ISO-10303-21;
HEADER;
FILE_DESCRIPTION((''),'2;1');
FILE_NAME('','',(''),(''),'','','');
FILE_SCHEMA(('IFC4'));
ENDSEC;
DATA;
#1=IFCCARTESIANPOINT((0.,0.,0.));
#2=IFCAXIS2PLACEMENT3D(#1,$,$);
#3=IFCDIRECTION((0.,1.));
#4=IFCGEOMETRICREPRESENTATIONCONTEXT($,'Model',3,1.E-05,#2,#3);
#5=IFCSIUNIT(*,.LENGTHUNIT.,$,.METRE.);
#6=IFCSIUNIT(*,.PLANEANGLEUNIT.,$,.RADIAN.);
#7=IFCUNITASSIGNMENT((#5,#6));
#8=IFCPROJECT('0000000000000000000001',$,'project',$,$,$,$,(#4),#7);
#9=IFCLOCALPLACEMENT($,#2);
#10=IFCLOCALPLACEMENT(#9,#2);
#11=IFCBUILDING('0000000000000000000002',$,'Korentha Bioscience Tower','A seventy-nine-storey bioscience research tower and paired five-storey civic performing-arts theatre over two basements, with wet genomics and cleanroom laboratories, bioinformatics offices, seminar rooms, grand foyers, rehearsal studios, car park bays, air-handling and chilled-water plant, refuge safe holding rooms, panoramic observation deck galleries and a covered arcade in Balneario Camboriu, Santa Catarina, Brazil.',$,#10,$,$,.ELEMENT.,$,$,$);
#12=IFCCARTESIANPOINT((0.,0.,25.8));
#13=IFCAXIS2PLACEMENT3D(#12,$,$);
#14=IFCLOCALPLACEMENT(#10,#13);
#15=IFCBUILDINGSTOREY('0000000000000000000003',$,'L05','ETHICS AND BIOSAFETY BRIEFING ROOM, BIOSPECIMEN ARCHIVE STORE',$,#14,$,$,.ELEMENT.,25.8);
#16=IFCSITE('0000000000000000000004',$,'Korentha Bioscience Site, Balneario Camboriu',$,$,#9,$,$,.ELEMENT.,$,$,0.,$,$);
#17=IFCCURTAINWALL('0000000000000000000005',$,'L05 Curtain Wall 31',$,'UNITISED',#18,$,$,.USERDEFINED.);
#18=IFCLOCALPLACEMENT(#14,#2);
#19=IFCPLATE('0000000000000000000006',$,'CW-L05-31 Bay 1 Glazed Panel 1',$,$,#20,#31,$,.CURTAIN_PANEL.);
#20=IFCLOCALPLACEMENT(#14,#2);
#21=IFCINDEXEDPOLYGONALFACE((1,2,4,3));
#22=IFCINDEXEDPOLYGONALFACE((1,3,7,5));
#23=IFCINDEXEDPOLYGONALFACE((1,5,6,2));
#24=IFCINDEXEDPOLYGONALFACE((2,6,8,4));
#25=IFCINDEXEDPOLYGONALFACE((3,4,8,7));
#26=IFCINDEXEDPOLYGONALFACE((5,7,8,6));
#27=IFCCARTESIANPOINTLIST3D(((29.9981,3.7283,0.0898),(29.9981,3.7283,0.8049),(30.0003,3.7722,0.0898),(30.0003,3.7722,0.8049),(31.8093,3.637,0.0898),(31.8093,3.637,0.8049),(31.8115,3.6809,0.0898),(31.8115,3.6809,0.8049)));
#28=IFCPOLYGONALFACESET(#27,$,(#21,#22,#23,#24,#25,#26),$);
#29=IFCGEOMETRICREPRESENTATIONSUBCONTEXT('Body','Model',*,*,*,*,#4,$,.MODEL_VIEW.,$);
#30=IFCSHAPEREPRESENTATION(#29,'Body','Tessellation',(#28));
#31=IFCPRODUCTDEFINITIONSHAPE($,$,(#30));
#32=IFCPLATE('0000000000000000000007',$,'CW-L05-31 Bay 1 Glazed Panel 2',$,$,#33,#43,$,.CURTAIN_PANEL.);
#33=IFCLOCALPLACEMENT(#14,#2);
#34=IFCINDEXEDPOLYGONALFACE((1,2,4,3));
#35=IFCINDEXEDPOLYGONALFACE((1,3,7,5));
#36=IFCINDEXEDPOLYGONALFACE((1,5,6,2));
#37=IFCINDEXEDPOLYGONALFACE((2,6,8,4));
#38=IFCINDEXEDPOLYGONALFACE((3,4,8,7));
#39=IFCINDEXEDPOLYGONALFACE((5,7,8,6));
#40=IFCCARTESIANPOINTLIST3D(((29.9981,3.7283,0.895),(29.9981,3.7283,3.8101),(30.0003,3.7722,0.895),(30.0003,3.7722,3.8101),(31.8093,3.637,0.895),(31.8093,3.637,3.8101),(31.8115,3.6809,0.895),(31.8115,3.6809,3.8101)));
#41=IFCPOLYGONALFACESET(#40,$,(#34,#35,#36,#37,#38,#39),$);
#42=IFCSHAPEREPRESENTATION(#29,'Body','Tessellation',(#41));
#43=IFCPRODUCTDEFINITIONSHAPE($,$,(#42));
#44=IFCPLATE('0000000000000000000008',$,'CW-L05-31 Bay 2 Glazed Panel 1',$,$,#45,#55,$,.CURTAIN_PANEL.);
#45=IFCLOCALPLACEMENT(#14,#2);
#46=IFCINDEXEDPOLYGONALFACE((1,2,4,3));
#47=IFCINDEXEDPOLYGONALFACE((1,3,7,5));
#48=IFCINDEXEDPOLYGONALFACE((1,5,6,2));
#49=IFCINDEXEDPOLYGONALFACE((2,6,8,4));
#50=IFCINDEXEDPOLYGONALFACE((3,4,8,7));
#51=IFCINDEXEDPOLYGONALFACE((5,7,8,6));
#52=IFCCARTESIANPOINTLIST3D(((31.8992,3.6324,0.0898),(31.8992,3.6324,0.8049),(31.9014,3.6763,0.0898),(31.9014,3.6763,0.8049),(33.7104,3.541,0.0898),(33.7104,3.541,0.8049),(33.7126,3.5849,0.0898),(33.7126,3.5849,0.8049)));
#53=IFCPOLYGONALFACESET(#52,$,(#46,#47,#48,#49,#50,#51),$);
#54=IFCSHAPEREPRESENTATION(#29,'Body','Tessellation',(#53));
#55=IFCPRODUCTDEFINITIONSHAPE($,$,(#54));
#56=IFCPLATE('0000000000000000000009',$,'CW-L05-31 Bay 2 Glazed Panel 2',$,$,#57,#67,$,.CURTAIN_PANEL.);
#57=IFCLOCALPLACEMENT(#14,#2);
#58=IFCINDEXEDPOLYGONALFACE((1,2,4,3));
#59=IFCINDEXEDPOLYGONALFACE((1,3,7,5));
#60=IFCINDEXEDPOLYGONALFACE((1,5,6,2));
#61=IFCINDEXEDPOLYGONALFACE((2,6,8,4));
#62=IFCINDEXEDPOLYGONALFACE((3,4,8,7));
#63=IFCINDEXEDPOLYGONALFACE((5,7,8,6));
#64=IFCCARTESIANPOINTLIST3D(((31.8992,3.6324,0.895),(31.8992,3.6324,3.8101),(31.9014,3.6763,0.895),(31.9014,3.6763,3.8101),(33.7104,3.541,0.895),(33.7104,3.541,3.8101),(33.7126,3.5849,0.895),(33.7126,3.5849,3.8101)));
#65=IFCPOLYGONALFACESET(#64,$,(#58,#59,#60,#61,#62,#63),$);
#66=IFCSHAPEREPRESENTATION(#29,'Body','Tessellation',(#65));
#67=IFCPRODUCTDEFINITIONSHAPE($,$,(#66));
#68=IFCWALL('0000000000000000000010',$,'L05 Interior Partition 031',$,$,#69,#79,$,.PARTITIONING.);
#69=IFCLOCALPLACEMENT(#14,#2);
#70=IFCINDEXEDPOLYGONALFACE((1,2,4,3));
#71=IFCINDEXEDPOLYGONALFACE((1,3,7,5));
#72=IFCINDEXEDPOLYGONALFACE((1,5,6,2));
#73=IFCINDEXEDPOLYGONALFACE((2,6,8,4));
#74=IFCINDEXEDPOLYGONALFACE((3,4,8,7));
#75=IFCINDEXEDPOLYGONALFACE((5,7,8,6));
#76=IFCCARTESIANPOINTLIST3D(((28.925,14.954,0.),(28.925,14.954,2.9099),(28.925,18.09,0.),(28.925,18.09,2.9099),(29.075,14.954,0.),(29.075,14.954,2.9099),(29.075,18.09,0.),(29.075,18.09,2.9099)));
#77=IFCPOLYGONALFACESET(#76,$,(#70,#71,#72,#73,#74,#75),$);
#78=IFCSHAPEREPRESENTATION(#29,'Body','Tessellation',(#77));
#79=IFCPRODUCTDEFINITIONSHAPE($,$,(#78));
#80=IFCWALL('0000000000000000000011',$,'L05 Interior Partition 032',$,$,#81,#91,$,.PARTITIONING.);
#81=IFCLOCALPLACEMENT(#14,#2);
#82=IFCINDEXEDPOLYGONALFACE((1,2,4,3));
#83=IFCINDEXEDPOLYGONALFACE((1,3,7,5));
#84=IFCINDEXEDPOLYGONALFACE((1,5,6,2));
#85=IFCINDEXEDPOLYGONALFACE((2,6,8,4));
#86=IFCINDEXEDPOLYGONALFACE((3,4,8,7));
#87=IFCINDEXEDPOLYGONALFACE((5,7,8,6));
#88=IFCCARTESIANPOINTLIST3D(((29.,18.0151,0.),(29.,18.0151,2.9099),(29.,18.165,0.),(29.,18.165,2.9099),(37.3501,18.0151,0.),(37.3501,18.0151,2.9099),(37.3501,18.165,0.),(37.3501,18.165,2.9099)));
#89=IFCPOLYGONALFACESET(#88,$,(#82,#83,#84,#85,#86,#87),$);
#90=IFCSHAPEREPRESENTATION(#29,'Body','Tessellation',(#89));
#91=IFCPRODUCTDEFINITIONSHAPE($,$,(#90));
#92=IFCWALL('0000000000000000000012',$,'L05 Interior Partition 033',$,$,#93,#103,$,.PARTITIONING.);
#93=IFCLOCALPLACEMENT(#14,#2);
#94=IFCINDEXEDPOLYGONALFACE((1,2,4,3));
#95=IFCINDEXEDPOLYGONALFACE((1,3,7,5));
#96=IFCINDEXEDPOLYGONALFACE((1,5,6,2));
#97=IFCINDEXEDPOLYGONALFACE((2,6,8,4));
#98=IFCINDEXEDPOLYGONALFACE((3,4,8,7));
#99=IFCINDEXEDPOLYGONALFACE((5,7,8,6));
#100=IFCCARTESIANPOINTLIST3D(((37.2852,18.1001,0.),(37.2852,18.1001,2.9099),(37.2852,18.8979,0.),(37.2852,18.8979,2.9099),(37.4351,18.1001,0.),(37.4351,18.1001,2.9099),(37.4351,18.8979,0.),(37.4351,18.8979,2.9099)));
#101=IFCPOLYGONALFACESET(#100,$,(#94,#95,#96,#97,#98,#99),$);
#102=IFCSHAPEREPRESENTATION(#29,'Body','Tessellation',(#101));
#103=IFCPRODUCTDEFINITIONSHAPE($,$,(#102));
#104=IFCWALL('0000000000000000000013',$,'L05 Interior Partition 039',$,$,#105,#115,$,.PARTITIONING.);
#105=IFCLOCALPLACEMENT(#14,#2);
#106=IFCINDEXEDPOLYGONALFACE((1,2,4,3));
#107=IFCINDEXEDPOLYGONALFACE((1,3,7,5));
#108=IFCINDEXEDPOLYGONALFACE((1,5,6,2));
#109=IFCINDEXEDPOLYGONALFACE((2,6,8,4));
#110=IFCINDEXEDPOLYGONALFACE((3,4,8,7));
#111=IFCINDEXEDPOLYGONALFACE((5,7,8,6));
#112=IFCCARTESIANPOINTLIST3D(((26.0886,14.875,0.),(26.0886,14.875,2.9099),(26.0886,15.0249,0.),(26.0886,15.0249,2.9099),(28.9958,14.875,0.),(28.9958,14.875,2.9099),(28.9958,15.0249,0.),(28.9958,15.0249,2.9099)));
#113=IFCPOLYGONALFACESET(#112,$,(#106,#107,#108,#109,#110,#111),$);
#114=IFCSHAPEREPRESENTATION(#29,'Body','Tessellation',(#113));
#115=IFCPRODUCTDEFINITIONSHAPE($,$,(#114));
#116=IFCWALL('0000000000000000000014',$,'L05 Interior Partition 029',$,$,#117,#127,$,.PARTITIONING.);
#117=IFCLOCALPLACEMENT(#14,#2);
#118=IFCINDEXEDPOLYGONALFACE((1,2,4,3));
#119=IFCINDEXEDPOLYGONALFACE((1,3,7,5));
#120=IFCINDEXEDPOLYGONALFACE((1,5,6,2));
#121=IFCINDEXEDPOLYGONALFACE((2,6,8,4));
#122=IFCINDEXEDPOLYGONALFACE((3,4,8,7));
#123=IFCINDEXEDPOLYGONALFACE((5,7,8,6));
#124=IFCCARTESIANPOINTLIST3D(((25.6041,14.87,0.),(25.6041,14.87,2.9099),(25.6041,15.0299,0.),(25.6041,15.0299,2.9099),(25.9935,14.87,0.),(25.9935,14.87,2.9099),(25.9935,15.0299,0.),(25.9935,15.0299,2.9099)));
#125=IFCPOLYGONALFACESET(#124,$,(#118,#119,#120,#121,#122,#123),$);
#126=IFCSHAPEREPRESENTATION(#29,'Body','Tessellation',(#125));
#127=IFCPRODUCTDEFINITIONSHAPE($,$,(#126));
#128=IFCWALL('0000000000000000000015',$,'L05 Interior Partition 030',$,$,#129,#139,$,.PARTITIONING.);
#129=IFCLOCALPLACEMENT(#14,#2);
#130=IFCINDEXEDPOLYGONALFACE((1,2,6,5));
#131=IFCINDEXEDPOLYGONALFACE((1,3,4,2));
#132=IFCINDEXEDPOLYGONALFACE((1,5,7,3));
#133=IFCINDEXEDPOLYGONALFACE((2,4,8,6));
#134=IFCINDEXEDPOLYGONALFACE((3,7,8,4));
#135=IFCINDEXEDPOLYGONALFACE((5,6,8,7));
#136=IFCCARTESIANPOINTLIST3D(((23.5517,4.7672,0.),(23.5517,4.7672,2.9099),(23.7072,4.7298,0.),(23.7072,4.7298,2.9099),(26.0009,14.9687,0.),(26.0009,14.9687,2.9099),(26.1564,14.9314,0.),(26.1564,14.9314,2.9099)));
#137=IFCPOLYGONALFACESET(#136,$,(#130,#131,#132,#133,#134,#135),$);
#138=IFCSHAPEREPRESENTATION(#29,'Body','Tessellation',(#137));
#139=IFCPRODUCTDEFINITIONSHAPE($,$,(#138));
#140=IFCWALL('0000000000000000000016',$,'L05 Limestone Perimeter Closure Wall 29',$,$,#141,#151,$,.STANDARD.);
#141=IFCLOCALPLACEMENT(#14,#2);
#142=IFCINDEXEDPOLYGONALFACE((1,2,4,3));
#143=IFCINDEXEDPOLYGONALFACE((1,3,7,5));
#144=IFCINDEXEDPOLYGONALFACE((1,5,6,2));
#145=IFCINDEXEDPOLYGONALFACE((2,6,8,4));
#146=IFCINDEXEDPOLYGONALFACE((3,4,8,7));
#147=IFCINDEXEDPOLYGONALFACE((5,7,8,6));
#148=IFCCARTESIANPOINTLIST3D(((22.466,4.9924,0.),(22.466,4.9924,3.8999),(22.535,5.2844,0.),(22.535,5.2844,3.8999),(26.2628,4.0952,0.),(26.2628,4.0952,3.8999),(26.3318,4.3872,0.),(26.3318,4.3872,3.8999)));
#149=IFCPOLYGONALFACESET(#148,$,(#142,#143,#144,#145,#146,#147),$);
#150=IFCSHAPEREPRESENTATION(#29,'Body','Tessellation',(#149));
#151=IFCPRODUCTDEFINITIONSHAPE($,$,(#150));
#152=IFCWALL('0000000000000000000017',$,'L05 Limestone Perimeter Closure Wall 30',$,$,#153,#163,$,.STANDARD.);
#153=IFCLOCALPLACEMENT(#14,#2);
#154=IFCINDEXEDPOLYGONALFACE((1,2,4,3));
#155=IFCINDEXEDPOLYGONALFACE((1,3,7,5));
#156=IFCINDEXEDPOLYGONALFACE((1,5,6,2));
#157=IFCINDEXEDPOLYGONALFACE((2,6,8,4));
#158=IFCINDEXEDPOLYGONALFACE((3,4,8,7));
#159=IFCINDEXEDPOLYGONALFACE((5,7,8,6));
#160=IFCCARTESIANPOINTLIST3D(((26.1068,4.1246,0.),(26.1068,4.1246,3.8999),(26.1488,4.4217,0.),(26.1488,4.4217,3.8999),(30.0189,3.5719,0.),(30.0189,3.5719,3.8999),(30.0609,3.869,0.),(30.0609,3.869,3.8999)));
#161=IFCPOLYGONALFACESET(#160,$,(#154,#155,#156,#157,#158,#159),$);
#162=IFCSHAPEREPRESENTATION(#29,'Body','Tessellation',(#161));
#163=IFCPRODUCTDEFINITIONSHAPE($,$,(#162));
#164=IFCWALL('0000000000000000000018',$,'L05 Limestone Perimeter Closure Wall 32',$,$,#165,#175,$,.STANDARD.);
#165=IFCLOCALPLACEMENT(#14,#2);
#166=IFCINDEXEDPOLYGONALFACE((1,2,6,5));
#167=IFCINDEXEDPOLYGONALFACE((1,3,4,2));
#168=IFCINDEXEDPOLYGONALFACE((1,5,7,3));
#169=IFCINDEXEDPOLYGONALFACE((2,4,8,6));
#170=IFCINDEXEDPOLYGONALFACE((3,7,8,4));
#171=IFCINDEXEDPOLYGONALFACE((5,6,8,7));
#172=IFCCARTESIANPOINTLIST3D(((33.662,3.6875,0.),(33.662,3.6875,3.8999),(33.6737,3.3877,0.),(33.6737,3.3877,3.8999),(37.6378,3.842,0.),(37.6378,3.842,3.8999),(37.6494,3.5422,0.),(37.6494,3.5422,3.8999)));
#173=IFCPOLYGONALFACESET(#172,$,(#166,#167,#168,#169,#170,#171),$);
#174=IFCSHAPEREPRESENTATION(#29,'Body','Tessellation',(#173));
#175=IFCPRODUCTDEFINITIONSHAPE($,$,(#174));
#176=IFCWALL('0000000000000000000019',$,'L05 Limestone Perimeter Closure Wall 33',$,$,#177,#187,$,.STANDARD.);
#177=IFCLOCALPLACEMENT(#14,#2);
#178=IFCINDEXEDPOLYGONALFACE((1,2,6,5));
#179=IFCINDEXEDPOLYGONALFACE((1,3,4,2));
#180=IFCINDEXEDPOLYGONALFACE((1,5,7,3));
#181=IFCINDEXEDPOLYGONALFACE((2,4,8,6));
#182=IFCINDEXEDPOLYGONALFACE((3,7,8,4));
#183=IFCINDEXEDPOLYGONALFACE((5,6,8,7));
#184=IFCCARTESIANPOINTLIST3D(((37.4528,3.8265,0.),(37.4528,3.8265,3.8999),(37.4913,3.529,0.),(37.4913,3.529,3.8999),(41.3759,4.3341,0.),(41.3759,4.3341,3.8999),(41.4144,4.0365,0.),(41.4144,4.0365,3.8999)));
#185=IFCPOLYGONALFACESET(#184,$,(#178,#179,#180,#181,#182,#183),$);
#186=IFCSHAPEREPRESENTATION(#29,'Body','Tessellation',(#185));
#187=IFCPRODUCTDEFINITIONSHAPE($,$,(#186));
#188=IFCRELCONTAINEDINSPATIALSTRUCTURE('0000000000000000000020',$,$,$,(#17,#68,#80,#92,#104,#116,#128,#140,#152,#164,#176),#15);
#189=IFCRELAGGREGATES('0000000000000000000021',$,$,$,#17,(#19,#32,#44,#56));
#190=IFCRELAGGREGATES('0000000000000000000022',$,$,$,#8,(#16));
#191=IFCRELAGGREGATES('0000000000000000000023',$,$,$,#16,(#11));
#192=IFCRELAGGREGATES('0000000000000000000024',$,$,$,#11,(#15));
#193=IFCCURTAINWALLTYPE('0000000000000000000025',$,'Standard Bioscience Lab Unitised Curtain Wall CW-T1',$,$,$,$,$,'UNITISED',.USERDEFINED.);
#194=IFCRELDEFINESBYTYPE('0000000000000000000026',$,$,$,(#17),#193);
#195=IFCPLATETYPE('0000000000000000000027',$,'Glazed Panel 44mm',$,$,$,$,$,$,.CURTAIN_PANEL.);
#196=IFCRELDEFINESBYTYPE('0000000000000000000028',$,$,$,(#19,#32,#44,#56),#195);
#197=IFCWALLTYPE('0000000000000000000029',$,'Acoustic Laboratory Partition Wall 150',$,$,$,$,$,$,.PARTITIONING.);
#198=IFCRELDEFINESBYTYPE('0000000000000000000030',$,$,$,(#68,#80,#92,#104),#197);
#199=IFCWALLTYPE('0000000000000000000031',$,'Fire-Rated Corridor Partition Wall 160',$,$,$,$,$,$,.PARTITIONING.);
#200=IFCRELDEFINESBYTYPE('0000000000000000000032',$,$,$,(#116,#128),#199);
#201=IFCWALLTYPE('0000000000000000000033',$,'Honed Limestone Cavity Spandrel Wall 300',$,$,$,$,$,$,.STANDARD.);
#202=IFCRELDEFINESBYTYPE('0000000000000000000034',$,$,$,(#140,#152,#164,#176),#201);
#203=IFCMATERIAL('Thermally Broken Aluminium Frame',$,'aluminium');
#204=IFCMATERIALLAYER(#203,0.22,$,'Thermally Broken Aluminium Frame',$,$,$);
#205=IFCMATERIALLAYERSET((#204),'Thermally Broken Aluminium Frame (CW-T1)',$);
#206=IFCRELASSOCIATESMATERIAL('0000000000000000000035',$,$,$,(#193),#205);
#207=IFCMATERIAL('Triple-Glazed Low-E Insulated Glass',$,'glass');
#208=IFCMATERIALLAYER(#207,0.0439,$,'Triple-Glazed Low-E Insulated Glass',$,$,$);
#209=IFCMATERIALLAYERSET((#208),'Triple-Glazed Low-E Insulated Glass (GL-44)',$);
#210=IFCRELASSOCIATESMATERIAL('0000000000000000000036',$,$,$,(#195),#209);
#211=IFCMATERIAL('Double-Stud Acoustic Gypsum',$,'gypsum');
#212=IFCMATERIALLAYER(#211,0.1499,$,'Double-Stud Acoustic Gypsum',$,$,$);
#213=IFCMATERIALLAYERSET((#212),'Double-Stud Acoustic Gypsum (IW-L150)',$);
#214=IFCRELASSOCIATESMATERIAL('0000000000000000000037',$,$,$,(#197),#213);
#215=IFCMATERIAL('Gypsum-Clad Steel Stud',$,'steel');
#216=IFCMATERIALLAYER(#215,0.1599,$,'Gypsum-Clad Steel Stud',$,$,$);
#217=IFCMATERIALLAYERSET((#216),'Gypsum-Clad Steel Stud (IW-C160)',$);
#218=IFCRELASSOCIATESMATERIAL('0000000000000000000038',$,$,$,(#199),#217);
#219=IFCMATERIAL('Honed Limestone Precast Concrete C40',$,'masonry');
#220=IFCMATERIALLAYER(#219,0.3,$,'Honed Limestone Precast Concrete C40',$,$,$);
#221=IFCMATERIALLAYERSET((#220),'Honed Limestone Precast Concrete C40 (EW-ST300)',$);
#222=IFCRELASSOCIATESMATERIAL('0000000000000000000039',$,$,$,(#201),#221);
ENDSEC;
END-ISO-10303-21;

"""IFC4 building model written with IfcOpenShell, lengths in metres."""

from ifc_helpers import new_model, si_unit, direction, frame, frame_2d, origin, origin_2d, place, context, subcontext, project, spatial, rectangle, extrude, material, layer, layer_set, type_object, element, aggregate, save


model = new_model("IFC4")

# Units and contexts
model_context = context("Model", 3, precision=1e-05, world=origin(), true_north=direction((0.0, 1.0)))
body_context = subcontext(model_context, "Body", "Model", "MODEL_VIEW")
ifc_project = project(units=[si_unit("LENGTHUNIT", "METRE"), si_unit("PLANEANGLEUNIT", "RADIAN")], contexts=[model_context])

# Site, building, storey
site_placement = place(None, origin())
site = spatial("IfcSite", under=ifc_project, at=site_placement, Name="Korentha Bioscience Site, Balneario Camboriu", CompositionType="ELEMENT", RefElevation=0.0)
building_placement = place(site_placement, origin())
building = spatial("IfcBuilding", under=site, at=building_placement, Name="Korentha Bioscience Tower", Description="A seventy-nine-storey bioscience research tower and paired five-storey civic performing-arts theatre over two basements, with wet genomics and cleanroom laboratories, bioinformatics offices, seminar rooms, grand foyers, rehearsal studios, car park bays, air-handling and chilled-water plant, refuge safe holding rooms, panoramic observation deck galleries and a covered arcade in Balneario Camboriu, Santa Catarina, Brazil.", CompositionType="ELEMENT")
storey_placement = place(building_placement, frame((0.0, 0.0, 25.8)))
storey = spatial("IfcBuildingStorey", under=building, at=storey_placement, Name="L05", Description="ETHICS AND BIOSAFETY BRIEFING ROOM, BIOSPECIMEN ARCHIVE STORE", CompositionType="ELEMENT", Elevation=25.8)

# Curtain wall
ifc_material_1 = material(Name="Thermally Broken Aluminium Frame", Category="aluminium")
ifc_layer_1 = layer(ifc_material_1, 0.22, Name="Thermally Broken Aluminium Frame")
ifc_layer_set_1 = layer_set([ifc_layer_1], Name="Thermally Broken Aluminium Frame (CW-T1)")
curtain_wall_type = type_object("IfcCurtainWallType", Name="Standard Bioscience Lab Unitised Curtain Wall CW-T1", ElementType="UNITISED", PredefinedType="USERDEFINED", material=ifc_layer_set_1)
curtain_wall_placement = place(storey_placement, origin())
curtain_wall = element("IfcCurtainWall", 1, at=curtain_wall_placement, inside=storey, type_object=curtain_wall_type, Name="L05 Curtain Wall 31", ObjectType="UNITISED", PredefinedType="USERDEFINED")

# Plates
ifc_material_2 = material(Name="Triple-Glazed Low-E Insulated Glass", Category="glass")
ifc_layer_2 = layer(ifc_material_2, 0.0439, Name="Triple-Glazed Low-E Insulated Glass")
ifc_layer_set_2 = layer_set([ifc_layer_2], Name="Triple-Glazed Low-E Insulated Glass (GL-44)")
plate_type = type_object("IfcPlateType", Name="Glazed Panel 44mm", PredefinedType="CURTAIN_PANEL", material=ifc_layer_set_2)
plate_1_placement = place(storey_placement, frame((30.9048, 3.7046, 0.0898), z_axis=(0.0, 0.0, 1.0), x_axis=(0.998731, -0.050371, 0.0)))
plate_1 = element("IfcPlate", 2, at=plate_1_placement, type_object=plate_type, Name="CW-L05-31 Bay 1 Glazed Panel 1", PredefinedType="CURTAIN_PANEL", context=body_context, shape_type="SweptSolid", body=[
    extrude(rectangle(XDim=1.8135, YDim=0.0439, at=origin_2d()), origin(), (0.0, 0.0, 1.0), 0.7151),
])
plate_2_placement = place(storey_placement, frame((30.9048, 3.7046, 0.895), z_axis=(0.0, 0.0, 1.0), x_axis=(0.998731, -0.050371, 0.0)))
plate_2 = element("IfcPlate", 3, at=plate_2_placement, type_object=plate_type, Name="CW-L05-31 Bay 1 Glazed Panel 2", PredefinedType="CURTAIN_PANEL", context=body_context, shape_type="SweptSolid", body=[
    extrude(rectangle(XDim=1.8135, YDim=0.0439, at=origin_2d()), origin(), (0.0, 0.0, 1.0), 2.915),
])
plate_3_placement = place(storey_placement, frame((32.8059, 3.6086, 0.0898), z_axis=(0.0, 0.0, 1.0), x_axis=(0.998731, -0.050371, 0.0)))
plate_3 = element("IfcPlate", 4, at=plate_3_placement, type_object=plate_type, Name="CW-L05-31 Bay 2 Glazed Panel 1", PredefinedType="CURTAIN_PANEL", context=body_context, shape_type="SweptSolid", body=[
    extrude(rectangle(XDim=1.8135, YDim=0.0439, at=origin_2d()), origin(), (0.0, 0.0, 1.0), 0.7151),
])
plate_4_placement = place(storey_placement, frame((32.8059, 3.6086, 0.895), z_axis=(0.0, 0.0, 1.0), x_axis=(0.998731, -0.050371, 0.0)))
plate_4 = element("IfcPlate", 5, at=plate_4_placement, type_object=plate_type, Name="CW-L05-31 Bay 2 Glazed Panel 2", PredefinedType="CURTAIN_PANEL", context=body_context, shape_type="SweptSolid", body=[
    extrude(rectangle(XDim=1.8135, YDim=0.0439, at=origin_2d()), origin(), (0.0, 0.0, 1.0), 2.915),
])
aggregate(curtain_wall, [plate_1, plate_2, plate_3, plate_4])

# Walls
ifc_material_3 = material(Name="Double-Stud Acoustic Gypsum", Category="gypsum")
ifc_layer_3 = layer(ifc_material_3, 0.1499, Name="Double-Stud Acoustic Gypsum")
ifc_layer_set_3 = layer_set([ifc_layer_3], Name="Double-Stud Acoustic Gypsum (IW-L150)")
wall_type_1 = type_object("IfcWallType", Name="Acoustic Laboratory Partition Wall 150", PredefinedType="PARTITIONING", material=ifc_layer_set_3)
wall_1_placement = place(storey_placement, frame((29.0, 14.9541, 0.0), z_axis=(0.0, 0.0, 1.0), x_axis=(0.0, 1.0, 0.0)))
element("IfcWall", 6, at=wall_1_placement, inside=storey, type_object=wall_type_1, Name="L05 Interior Partition 031", PredefinedType="PARTITIONING", context=body_context, shape_type="SweptSolid", body=[
    extrude(rectangle(XDim=3.136, YDim=0.1499, at=frame_2d((1.5679, 0.0))), origin(), (0.0, 0.0, 1.0), 2.9099),
])
wall_2_placement = place(storey_placement, frame((29.0, 18.0901, 0.0), z_axis=(0.0, 0.0, 1.0), x_axis=(1.0, 0.0, 0.0)))
element("IfcWall", 7, at=wall_2_placement, inside=storey, type_object=wall_type_1, Name="L05 Interior Partition 032", PredefinedType="PARTITIONING", context=body_context, shape_type="SweptSolid", body=[
    extrude(rectangle(XDim=8.3501, YDim=0.1499, at=frame_2d((4.175, 0.0))), origin(), (0.0, 0.0, 1.0), 2.9099),
])
wall_3_placement = place(storey_placement, frame((37.3601, 18.1001, 0.0), z_axis=(0.0, 0.0, 1.0), x_axis=(0.0, 1.0, 0.0)))
element("IfcWall", 8, at=wall_3_placement, inside=storey, type_object=wall_type_1, Name="L05 Interior Partition 033", PredefinedType="PARTITIONING", context=body_context, shape_type="SweptSolid", body=[
    extrude(rectangle(XDim=0.7979, YDim=0.1499, at=frame_2d((0.3989, 0.0))), origin(), (0.0, 0.0, 1.0), 2.9099),
])
wall_4_placement = place(storey_placement, frame((26.0886, 14.95, 0.0), z_axis=(0.0, 0.0, 1.0), x_axis=(1.0, 0.0, 0.0)))
element("IfcWall", 9, at=wall_4_placement, inside=storey, type_object=wall_type_1, Name="L05 Interior Partition 039", PredefinedType="PARTITIONING", context=body_context, shape_type="SweptSolid", body=[
    extrude(rectangle(XDim=2.9072, YDim=0.1499, at=frame_2d((1.4536, 0.0))), origin(), (0.0, 0.0, 1.0), 2.9099),
])
ifc_material_4 = material(Name="Gypsum-Clad Steel Stud", Category="steel")
ifc_layer_4 = layer(ifc_material_4, 0.1599, Name="Gypsum-Clad Steel Stud")
ifc_layer_set_4 = layer_set([ifc_layer_4], Name="Gypsum-Clad Steel Stud (IW-C160)")
wall_type_2 = type_object("IfcWallType", Name="Fire-Rated Corridor Partition Wall 160", PredefinedType="PARTITIONING", material=ifc_layer_set_4)
wall_5_placement = place(storey_placement, frame((25.604, 14.95, 0.0), z_axis=(0.0, 0.0, 1.0), x_axis=(1.0, 0.0, 0.0)))
element("IfcWall", 10, at=wall_5_placement, inside=storey, type_object=wall_type_2, Name="L05 Interior Partition 029", PredefinedType="PARTITIONING", context=body_context, shape_type="SweptSolid", body=[
    extrude(rectangle(XDim=0.3894, YDim=0.1599, at=frame_2d((0.1948, 0.0))), origin(), (0.0, 0.0, 1.0), 2.9099),
])
wall_6_placement = place(storey_placement, frame((26.0786, 14.95, 0.0), z_axis=(0.0, 0.0, 1.0), x_axis=(-0.233447, -0.97237, 0.0)))
element("IfcWall", 11, at=wall_6_placement, inside=storey, type_object=wall_type_2, Name="L05 Interior Partition 030", PredefinedType="PARTITIONING", context=body_context, shape_type="SweptSolid", body=[
    extrude(rectangle(XDim=10.4915, YDim=0.1599, at=frame_2d((5.2456, 0.0))), origin(), (0.0, 0.0, 1.0), 2.9099),
])
ifc_material_5 = material(Name="Honed Limestone Precast Concrete C40", Category="masonry")
ifc_layer_5 = layer(ifc_material_5, 0.3, Name="Honed Limestone Precast Concrete C40")
ifc_layer_set_5 = layer_set([ifc_layer_5], Name="Honed Limestone Precast Concrete C40 (EW-ST300)")
wall_type_3 = type_object("IfcWallType", Name="Honed Limestone Cavity Spandrel Wall 300", PredefinedType="STANDARD", material=ifc_layer_set_5)
wall_7_placement = place(storey_placement, frame((22.5005, 5.1384, 0.0), z_axis=(0.0, 0.0, 1.0), x_axis=(0.973198, -0.22997, 0.0)))
element("IfcWall", 12, at=wall_7_placement, inside=storey, type_object=wall_type_3, Name="L05 Limestone Perimeter Closure Wall 29", PredefinedType="STANDARD", context=body_context, shape_type="SweptSolid", body=[
    extrude(rectangle(XDim=3.9014, YDim=0.3, at=frame_2d((1.9507, 0.0))), origin(), (0.0, 0.0, 1.0), 3.8999),
])
wall_8_placement = place(storey_placement, frame((26.1277, 4.2732, 0.0), z_axis=(0.0, 0.0, 1.0), x_axis=(0.990166, -0.139899, 0.0)))
element("IfcWall", 13, at=wall_8_placement, inside=storey, type_object=wall_type_3, Name="L05 Limestone Perimeter Closure Wall 30", PredefinedType="STANDARD", context=body_context, shape_type="SweptSolid", body=[
    extrude(rectangle(XDim=3.9509, YDim=0.3, at=frame_2d((1.9756, 0.0))), origin(), (0.0, 0.0, 1.0), 3.8999),
])
wall_9_placement = place(storey_placement, frame((33.668, 3.5376, 0.0), z_axis=(0.0, 0.0, 1.0), x_axis=(0.999245, 0.038841, 0.0)))
element("IfcWall", 14, at=wall_9_placement, inside=storey, type_object=wall_type_3, Name="L05 Limestone Perimeter Closure Wall 32", PredefinedType="STANDARD", context=body_context, shape_type="SweptSolid", body=[
    extrude(rectangle(XDim=3.9788, YDim=0.3, at=frame_2d((1.9893, 0.0))), origin(), (0.0, 0.0, 1.0), 3.8999),
])
wall_10_placement = place(storey_placement, frame((37.4719, 3.6777, 0.0), z_axis=(0.0, 0.0, 1.0), x_axis=(0.991734, 0.12831, 0.0)))
element("IfcWall", 15, at=wall_10_placement, inside=storey, type_object=wall_type_3, Name="L05 Limestone Perimeter Closure Wall 33", PredefinedType="STANDARD", context=body_context, shape_type="SweptSolid", body=[
    extrude(rectangle(XDim=3.9558, YDim=0.3, at=frame_2d((1.978, 0.0))), origin(), (0.0, 0.0, 1.0), 3.8999),
])

save(model, "model.ifc")
